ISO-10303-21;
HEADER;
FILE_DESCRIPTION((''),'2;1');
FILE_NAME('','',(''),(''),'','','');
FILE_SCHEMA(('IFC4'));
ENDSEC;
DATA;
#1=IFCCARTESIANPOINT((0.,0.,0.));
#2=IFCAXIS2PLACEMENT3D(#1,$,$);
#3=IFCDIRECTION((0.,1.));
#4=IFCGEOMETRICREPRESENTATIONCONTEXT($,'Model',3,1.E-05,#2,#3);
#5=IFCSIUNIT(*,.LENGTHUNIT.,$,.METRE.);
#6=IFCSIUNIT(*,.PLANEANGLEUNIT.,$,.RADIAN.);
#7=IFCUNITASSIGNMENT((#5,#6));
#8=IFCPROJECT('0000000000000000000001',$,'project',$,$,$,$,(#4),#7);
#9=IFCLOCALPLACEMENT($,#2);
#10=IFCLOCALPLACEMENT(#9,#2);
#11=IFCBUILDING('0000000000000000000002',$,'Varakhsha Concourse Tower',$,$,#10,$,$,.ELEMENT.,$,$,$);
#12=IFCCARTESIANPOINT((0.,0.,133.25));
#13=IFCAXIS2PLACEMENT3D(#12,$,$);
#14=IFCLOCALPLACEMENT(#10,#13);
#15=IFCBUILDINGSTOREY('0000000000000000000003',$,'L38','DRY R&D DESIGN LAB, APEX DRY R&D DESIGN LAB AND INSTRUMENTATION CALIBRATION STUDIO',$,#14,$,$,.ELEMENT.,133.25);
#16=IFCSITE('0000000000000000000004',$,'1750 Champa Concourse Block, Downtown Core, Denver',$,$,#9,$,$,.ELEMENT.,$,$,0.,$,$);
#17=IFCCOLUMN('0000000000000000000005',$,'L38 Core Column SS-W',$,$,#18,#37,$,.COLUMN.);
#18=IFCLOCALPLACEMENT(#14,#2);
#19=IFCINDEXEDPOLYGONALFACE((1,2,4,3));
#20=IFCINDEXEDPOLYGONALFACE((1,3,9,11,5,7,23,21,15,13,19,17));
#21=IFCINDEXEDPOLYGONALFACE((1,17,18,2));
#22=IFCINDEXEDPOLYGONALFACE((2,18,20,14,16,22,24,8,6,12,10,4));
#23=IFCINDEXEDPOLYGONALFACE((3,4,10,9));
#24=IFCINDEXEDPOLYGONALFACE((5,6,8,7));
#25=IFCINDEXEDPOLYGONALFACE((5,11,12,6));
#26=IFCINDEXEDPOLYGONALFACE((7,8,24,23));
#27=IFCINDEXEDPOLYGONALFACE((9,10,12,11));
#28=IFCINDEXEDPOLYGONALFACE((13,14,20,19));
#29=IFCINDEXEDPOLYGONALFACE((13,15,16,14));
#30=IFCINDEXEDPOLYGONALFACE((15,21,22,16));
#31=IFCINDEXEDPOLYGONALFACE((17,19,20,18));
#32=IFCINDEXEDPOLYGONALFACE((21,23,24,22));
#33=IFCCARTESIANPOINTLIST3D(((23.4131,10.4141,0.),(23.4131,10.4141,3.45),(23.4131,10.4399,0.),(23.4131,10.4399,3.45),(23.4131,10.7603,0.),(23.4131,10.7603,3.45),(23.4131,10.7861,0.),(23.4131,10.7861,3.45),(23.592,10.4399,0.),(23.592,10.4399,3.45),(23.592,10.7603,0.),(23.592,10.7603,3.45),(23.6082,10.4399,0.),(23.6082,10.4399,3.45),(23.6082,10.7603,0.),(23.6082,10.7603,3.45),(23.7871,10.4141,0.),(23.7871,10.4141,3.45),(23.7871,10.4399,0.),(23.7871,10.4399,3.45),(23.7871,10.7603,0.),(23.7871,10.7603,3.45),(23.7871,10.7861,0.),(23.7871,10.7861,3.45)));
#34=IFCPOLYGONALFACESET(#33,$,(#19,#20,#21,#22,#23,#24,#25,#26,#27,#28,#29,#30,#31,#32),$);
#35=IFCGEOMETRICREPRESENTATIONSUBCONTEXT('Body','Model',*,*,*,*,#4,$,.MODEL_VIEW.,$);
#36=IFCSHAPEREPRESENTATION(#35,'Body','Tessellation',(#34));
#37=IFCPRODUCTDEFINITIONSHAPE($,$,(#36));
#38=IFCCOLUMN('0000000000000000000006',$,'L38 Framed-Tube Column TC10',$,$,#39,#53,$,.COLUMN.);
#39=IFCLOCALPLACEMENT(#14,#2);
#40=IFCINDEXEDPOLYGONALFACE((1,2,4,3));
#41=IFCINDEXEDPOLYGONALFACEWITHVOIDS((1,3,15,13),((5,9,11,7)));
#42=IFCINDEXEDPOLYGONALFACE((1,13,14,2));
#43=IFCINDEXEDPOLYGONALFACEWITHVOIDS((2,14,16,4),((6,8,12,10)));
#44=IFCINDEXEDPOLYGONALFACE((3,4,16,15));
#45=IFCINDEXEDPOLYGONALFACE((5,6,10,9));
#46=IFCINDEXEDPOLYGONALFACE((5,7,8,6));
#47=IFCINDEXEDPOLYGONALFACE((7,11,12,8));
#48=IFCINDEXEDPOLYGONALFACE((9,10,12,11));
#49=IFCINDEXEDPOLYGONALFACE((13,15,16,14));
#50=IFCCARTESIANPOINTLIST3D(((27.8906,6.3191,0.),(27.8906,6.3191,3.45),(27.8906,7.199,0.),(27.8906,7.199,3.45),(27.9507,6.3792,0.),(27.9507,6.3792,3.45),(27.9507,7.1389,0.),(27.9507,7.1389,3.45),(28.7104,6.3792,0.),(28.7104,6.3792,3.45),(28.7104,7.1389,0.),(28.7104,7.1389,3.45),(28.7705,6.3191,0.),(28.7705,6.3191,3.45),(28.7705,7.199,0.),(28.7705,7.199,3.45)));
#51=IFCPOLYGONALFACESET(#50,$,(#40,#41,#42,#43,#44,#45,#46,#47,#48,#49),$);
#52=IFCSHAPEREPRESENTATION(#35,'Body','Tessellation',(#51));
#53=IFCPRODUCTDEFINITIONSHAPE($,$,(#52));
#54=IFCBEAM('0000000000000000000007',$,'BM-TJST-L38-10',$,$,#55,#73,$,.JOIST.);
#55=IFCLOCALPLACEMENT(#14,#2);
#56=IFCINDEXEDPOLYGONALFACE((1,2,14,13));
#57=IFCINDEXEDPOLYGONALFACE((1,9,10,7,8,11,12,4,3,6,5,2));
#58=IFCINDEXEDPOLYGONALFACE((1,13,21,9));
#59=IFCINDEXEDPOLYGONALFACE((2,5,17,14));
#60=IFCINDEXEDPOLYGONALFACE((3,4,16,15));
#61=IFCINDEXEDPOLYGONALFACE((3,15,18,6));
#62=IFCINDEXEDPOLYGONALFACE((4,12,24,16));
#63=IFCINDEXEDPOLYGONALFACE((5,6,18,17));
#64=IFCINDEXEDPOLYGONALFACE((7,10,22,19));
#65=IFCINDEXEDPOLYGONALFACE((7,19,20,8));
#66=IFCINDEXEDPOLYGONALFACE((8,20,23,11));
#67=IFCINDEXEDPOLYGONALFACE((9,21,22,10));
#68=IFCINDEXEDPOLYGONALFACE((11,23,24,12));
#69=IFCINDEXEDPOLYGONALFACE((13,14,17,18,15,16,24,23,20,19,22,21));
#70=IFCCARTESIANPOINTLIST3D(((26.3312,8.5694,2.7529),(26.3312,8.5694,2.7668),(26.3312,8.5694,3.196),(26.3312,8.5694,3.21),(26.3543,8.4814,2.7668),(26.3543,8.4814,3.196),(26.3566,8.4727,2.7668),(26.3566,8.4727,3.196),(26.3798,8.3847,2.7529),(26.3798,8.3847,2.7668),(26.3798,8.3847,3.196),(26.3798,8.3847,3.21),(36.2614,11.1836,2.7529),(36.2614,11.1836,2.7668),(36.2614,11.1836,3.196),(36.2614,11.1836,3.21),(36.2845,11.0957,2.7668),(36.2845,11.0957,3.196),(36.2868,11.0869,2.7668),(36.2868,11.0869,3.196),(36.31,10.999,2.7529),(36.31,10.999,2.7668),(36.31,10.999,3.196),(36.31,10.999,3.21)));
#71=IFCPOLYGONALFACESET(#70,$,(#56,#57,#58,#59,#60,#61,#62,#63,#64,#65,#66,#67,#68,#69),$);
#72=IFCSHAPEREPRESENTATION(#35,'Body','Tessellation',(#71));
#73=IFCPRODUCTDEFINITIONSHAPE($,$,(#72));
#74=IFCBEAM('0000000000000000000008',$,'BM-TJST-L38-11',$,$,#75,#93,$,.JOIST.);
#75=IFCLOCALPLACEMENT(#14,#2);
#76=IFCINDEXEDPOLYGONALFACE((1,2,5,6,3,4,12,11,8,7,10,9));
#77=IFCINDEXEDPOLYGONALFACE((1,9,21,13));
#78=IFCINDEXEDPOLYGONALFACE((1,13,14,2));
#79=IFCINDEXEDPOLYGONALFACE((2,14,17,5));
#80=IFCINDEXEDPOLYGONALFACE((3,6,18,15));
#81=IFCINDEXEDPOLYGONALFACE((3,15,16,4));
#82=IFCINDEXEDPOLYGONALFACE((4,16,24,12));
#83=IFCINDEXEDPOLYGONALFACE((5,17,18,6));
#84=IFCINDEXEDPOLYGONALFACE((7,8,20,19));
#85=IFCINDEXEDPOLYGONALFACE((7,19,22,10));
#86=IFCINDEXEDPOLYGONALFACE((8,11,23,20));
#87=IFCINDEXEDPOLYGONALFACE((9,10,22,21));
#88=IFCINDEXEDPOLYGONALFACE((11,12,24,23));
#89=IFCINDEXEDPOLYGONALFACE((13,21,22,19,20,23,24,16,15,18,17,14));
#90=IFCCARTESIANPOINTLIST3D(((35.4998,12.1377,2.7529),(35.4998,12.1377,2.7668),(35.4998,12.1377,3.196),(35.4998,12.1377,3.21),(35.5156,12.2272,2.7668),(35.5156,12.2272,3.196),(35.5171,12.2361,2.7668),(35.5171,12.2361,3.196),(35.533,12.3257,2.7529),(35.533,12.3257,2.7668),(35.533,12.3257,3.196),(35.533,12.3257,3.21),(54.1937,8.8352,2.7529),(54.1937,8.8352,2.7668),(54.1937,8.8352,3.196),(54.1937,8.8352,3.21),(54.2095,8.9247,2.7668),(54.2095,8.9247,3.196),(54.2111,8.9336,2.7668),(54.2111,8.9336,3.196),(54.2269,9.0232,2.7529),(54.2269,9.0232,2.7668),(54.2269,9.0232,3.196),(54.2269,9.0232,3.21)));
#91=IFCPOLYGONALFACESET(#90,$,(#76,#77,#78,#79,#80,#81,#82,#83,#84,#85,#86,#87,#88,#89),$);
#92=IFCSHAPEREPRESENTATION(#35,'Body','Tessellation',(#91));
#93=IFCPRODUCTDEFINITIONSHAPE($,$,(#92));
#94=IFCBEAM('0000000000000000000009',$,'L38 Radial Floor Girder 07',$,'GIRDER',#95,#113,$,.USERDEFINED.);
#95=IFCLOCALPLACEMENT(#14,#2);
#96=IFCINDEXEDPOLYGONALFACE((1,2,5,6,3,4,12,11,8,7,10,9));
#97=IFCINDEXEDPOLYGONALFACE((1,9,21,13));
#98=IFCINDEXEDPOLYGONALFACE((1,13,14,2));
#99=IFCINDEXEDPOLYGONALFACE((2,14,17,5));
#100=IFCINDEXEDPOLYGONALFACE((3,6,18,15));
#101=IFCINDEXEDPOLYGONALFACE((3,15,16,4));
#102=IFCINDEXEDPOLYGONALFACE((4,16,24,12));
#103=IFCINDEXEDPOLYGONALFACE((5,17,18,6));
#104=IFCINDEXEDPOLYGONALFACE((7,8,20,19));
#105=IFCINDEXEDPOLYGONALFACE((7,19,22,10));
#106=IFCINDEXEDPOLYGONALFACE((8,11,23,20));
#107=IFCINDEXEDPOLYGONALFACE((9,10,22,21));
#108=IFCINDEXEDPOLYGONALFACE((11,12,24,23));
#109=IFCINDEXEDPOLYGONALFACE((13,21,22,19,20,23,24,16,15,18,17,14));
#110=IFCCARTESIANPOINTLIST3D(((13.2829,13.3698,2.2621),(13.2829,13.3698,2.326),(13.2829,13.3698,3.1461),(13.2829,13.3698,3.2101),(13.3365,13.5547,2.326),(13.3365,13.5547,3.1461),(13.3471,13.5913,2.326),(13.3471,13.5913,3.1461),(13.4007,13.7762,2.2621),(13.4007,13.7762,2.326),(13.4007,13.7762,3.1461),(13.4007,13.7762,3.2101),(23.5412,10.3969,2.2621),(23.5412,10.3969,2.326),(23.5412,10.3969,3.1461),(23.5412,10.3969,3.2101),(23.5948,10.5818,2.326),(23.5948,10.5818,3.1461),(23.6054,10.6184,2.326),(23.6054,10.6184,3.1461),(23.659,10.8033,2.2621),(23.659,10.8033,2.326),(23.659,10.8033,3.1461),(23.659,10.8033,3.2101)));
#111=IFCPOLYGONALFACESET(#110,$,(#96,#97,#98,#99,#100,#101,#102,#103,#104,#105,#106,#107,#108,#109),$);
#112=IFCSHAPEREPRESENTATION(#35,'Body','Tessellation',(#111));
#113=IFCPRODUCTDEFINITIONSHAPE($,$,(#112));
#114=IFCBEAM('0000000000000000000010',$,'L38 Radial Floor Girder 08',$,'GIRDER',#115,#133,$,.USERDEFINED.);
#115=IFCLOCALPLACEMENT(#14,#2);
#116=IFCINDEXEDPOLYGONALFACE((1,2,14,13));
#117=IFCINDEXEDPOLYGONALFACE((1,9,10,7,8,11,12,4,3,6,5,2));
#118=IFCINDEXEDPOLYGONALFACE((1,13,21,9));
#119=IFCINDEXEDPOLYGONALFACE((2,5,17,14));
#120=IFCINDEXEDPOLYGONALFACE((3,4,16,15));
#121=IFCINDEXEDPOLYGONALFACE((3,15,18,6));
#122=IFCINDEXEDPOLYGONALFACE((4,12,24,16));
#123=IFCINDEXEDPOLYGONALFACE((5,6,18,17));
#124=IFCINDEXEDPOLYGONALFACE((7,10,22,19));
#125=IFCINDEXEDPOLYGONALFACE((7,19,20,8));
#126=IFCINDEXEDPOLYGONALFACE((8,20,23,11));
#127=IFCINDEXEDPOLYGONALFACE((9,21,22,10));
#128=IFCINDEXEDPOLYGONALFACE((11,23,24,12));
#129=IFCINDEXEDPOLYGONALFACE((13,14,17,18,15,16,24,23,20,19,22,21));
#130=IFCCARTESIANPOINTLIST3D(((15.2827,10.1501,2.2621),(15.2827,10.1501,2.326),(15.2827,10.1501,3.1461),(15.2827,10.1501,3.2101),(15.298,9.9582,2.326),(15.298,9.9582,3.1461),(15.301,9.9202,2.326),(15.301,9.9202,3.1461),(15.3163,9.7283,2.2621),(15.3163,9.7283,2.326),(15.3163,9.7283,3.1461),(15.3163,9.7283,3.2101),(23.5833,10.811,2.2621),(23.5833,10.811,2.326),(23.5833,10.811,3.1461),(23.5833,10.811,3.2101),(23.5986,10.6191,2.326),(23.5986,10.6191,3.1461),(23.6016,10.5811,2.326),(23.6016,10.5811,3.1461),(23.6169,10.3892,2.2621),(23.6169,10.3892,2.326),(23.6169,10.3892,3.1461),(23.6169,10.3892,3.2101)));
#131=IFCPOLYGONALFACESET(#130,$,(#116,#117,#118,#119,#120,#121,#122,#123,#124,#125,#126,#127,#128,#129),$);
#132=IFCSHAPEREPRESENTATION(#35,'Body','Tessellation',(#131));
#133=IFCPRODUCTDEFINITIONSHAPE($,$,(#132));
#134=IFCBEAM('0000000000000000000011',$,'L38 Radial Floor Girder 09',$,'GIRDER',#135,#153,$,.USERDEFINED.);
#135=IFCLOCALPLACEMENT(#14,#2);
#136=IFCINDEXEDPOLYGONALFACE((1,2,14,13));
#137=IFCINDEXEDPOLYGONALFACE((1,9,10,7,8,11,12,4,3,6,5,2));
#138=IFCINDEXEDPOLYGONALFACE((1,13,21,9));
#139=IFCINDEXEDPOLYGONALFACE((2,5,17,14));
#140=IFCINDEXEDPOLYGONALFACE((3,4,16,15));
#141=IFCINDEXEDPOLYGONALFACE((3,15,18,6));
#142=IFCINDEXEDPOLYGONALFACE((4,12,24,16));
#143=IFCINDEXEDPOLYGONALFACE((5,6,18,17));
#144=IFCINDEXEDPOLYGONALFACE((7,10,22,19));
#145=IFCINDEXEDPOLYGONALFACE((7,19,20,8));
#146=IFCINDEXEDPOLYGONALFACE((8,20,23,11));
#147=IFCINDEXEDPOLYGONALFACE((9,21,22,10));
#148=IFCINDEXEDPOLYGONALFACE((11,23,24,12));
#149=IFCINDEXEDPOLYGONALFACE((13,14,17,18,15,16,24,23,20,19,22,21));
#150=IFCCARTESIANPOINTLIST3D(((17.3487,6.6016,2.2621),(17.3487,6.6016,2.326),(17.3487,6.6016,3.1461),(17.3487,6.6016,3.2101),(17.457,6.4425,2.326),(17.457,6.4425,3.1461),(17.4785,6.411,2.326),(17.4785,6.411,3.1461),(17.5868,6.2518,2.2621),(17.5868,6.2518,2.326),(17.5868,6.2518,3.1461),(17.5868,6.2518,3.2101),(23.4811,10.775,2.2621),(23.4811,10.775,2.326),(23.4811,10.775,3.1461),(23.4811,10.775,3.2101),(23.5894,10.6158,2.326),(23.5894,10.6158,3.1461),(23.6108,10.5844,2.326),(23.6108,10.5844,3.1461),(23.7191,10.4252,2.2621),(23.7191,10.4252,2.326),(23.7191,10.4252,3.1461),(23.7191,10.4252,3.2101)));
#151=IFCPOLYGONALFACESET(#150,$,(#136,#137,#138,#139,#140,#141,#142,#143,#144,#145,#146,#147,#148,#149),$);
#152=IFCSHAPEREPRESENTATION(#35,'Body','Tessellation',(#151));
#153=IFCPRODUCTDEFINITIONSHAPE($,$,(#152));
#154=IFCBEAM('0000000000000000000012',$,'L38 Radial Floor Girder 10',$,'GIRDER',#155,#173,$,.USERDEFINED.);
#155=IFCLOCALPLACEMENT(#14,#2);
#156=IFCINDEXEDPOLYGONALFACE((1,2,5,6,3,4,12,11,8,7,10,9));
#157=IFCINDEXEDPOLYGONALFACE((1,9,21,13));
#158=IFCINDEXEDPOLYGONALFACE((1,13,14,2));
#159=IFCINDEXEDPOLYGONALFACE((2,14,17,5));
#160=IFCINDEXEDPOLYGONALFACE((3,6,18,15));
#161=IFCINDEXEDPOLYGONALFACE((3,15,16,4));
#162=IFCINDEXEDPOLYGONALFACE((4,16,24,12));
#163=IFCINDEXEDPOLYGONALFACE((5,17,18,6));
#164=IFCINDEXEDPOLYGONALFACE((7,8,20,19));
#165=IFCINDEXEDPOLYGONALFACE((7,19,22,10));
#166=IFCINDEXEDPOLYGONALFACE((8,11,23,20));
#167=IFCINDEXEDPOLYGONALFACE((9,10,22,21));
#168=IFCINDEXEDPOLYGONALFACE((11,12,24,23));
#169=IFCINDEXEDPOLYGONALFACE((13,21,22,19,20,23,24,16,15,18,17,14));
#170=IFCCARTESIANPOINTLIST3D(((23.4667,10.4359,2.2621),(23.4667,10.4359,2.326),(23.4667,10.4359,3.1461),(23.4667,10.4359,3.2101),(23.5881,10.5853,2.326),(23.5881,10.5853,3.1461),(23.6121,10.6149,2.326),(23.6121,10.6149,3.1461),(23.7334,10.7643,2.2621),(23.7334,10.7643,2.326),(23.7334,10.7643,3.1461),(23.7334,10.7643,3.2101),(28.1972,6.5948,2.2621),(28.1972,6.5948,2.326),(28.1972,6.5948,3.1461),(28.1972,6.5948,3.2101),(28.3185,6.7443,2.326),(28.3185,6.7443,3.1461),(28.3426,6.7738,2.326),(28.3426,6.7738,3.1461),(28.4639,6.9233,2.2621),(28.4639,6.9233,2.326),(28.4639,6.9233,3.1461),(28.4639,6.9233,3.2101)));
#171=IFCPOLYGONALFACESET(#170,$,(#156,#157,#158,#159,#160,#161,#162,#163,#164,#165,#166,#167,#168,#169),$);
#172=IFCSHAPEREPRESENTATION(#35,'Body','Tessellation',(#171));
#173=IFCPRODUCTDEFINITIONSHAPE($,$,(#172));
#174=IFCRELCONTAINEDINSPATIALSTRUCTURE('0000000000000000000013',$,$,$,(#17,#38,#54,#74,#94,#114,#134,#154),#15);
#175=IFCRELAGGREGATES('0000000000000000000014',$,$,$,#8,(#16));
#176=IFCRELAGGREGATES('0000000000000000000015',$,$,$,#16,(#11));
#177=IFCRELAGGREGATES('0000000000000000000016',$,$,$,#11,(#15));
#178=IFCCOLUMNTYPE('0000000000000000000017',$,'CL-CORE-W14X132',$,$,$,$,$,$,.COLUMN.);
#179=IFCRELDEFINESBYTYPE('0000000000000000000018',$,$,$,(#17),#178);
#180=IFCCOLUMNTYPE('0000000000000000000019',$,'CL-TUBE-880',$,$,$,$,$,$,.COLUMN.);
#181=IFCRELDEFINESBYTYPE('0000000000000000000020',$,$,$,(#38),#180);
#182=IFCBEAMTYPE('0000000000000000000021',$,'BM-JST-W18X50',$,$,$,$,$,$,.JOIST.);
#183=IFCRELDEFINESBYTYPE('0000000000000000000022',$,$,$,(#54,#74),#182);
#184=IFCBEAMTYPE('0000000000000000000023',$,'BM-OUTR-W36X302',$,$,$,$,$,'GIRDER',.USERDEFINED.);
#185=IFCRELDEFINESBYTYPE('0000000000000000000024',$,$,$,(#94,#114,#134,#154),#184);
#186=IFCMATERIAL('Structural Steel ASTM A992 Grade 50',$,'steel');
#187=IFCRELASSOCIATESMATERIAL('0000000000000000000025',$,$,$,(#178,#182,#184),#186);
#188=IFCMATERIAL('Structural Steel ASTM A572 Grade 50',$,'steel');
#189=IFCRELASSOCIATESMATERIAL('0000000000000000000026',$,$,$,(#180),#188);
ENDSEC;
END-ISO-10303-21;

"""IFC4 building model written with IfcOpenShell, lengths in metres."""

from ifc_helpers import new_model, si_unit, direction, frame, origin, origin_2d, place, context, subcontext, project, spatial, hollow_rectangle, i_section, extrude, material, material_profile, profile_set, type_object, element, save


model = new_model("IFC4")

# Units and contexts
model_context = context("Model", 3, precision=1e-05, world=origin(), true_north=direction((0.0, 1.0)))
body_context = subcontext(model_context, "Body", "Model", "MODEL_VIEW")
ifc_project = project(units=[si_unit("LENGTHUNIT", "METRE"), si_unit("PLANEANGLEUNIT", "RADIAN")], contexts=[model_context])

# Site, building, storey
site_placement = place(None, origin())
site = spatial("IfcSite", under=ifc_project, at=site_placement, Name="1750 Champa Concourse Block, Downtown Core, Denver", CompositionType="ELEMENT", RefElevation=0.0)
building_placement = place(site_placement, origin())
building = spatial("IfcBuilding", under=site, at=building_placement, Name="Varakhsha Concourse Tower", CompositionType="ELEMENT")
storey_placement = place(building_placement, frame((0.0, 0.0, 133.25)))
storey = spatial("IfcBuildingStorey", under=building, at=storey_placement, Name="L38", Description="DRY R&D DESIGN LAB, APEX DRY R&D DESIGN LAB AND INSTRUMENTATION CALIBRATION STUDIO", CompositionType="ELEMENT", Elevation=133.25)

# Columns
ifc_material_1 = material(Name="Structural Steel ASTM A992 Grade 50", Category="steel")
ifc_material_profile_1 = material_profile(ifc_material_1, i_section(OverallWidth=0.374, OverallDepth=0.3721, WebThickness=0.0161, FlangeThickness=0.0259, at=origin_2d()), Name="W14X132")
ifc_profile_set_1 = profile_set([ifc_material_profile_1], Name="Structural Steel ASTM A992 Grade 50")
column_type_1 = type_object("IfcColumnType", Name="CL-CORE-W14X132", PredefinedType="COLUMN", material=ifc_profile_set_1)
column_1_placement = place(storey_placement, frame((23.6001, 10.6001, 0.0), z_axis=(0.0, 0.0, 1.0), x_axis=(1.0, 0.0, 0.0)))
element("IfcColumn", 1, at=column_1_placement, inside=storey, type_object=column_type_1, Name="L38 Core Column SS-W", PredefinedType="COLUMN", context=body_context, shape_type="SweptSolid", body=[
    extrude(i_section(OverallWidth=0.374, OverallDepth=0.3721, WebThickness=0.0161, FlangeThickness=0.0259, at=origin_2d()), origin(), (0.0, 0.0, 1.0), 3.45),
])
ifc_material_2 = material(Name="Structural Steel ASTM A572 Grade 50", Category="steel")
ifc_material_profile_2 = material_profile(ifc_material_2, hollow_rectangle(XDim=0.8799, YDim=0.8799, WallThickness=0.0601, at=origin_2d()), Name="BOX 880x880x60")
ifc_profile_set_2 = profile_set([ifc_material_profile_2], Name="Structural Steel ASTM A572 Grade 50")
column_type_2 = type_object("IfcColumnType", Name="CL-TUBE-880", PredefinedType="COLUMN", material=ifc_profile_set_2)
column_2_placement = place(storey_placement, frame((28.3306, 6.759, 0.0), z_axis=(0.0, 0.0, 1.0), x_axis=(1.0, 0.0, 0.0)))
element("IfcColumn", 2, at=column_2_placement, inside=storey, type_object=column_type_2, Name="L38 Framed-Tube Column TC10", PredefinedType="COLUMN", context=body_context, shape_type="SweptSolid", body=[
    extrude(hollow_rectangle(XDim=0.8799, YDim=0.8799, WallThickness=0.0601, at=origin_2d()), origin(), (0.0, 0.0, 1.0), 3.45),
])

# Beams
ifc_material_profile_3 = material_profile(ifc_material_1, i_section(OverallWidth=0.1909, OverallDepth=0.457, WebThickness=0.009, FlangeThickness=0.0139, at=origin_2d()), Name="W18X50")
ifc_profile_set_3 = profile_set([ifc_material_profile_3], Name="Structural Steel ASTM A992 Grade 50")
beam_type_1 = type_object("IfcBeamType", Name="BM-JST-W18X50", PredefinedType="JOIST", material=ifc_profile_set_3)
beam_1_placement = place(storey_placement, frame((26.3555, 8.4771, 2.9814), z_axis=(0.967049, 0.254589, 0.0), x_axis=(-0.254589, 0.967049, 0.0)))
element("IfcBeam", 3, at=beam_1_placement, inside=storey, type_object=beam_type_1, Name="BM-TJST-L38-10", PredefinedType="JOIST", context=body_context, shape_type="SweptSolid", body=[
    extrude(i_section(OverallWidth=0.1909, OverallDepth=0.457, WebThickness=0.009, FlangeThickness=0.0139, at=origin_2d()), origin(), (0.0, 0.0, 1.0), 10.2686),
])
beam_2_placement = place(storey_placement, frame((35.5164, 12.2317, 2.9814), z_axis=(0.984751, -0.173968, 0.0), x_axis=(0.173968, 0.984751, 0.0)))
element("IfcBeam", 4, at=beam_2_placement, inside=storey, type_object=beam_type_1, Name="BM-TJST-L38-11", PredefinedType="JOIST", context=body_context, shape_type="SweptSolid", body=[
    extrude(i_section(OverallWidth=0.1909, OverallDepth=0.457, WebThickness=0.009, FlangeThickness=0.0139, at=origin_2d()), origin(), (0.0, 0.0, 1.0), 18.9834),
])
ifc_material_profile_4 = material_profile(ifc_material_1, i_section(OverallWidth=0.4231, OverallDepth=0.948, WebThickness=0.0381, FlangeThickness=0.064, at=origin_2d()), Name="W36X302")
ifc_profile_set_4 = profile_set([ifc_material_profile_4], Name="Structural Steel ASTM A992 Grade 50")
beam_type_2 = type_object("IfcBeamType", Name="BM-OUTR-W36X302", ElementType="GIRDER", PredefinedType="USERDEFINED", material=ifc_profile_set_4)
beam_3_placement = place(storey_placement, frame((23.6001, 10.6001, 2.7361), z_axis=(-0.960479, 0.278351, 0.0), x_axis=(-0.278351, -0.960479, 0.0)))
element("IfcBeam", 5, at=beam_3_placement, inside=storey, type_object=beam_type_2, Name="L38 Radial Floor Girder 07", ObjectType="GIRDER", PredefinedType="USERDEFINED", context=body_context, shape_type="SweptSolid", body=[
    extrude(i_section(OverallWidth=0.4231, OverallDepth=0.948, WebThickness=0.0381, FlangeThickness=0.064, at=origin_2d()), origin(), (0.0, 0.0, 1.0), 10.6804),
])
beam_4_placement = place(storey_placement, frame((23.6001, 10.6001, 2.7361), z_axis=(-0.996845, -0.079369, 0.0), x_axis=(0.079369, -0.996845, 0.0)))
element("IfcBeam", 6, at=beam_4_placement, inside=storey, type_object=beam_type_2, Name="L38 Radial Floor Girder 08", ObjectType="GIRDER", PredefinedType="USERDEFINED", context=body_context, shape_type="SweptSolid", body=[
    extrude(i_section(OverallWidth=0.4231, OverallDepth=0.948, WebThickness=0.0381, FlangeThickness=0.064, at=origin_2d()), origin(), (0.0, 0.0, 1.0), 8.3269),
])
beam_5_placement = place(storey_placement, frame((23.6001, 10.6001, 2.7361), z_axis=(-0.826716, -0.56262, 0.0), x_axis=(0.56262, -0.826716, 0.0)))
element("IfcBeam", 7, at=beam_5_placement, inside=storey, type_object=beam_type_2, Name="L38 Radial Floor Girder 09", ObjectType="GIRDER", PredefinedType="USERDEFINED", context=body_context, shape_type="SweptSolid", body=[
    extrude(i_section(OverallWidth=0.4231, OverallDepth=0.948, WebThickness=0.0381, FlangeThickness=0.064, at=origin_2d()), origin(), (0.0, 0.0, 1.0), 7.4177),
])
beam_6_placement = place(storey_placement, frame((23.6001, 10.6001, 2.7361), z_axis=(0.77631, -0.630351, 0.0), x_axis=(0.630351, 0.77631, 0.0)))
element("IfcBeam", 8, at=beam_6_placement, inside=storey, type_object=beam_type_2, Name="L38 Radial Floor Girder 10", ObjectType="GIRDER", PredefinedType="USERDEFINED", context=body_context, shape_type="SweptSolid", body=[
    extrude(i_section(OverallWidth=0.4231, OverallDepth=0.948, WebThickness=0.0381, FlangeThickness=0.064, at=origin_2d()), origin(), (0.0, 0.0, 1.0), 6.0935),
])

save(model, "model.ifc")
